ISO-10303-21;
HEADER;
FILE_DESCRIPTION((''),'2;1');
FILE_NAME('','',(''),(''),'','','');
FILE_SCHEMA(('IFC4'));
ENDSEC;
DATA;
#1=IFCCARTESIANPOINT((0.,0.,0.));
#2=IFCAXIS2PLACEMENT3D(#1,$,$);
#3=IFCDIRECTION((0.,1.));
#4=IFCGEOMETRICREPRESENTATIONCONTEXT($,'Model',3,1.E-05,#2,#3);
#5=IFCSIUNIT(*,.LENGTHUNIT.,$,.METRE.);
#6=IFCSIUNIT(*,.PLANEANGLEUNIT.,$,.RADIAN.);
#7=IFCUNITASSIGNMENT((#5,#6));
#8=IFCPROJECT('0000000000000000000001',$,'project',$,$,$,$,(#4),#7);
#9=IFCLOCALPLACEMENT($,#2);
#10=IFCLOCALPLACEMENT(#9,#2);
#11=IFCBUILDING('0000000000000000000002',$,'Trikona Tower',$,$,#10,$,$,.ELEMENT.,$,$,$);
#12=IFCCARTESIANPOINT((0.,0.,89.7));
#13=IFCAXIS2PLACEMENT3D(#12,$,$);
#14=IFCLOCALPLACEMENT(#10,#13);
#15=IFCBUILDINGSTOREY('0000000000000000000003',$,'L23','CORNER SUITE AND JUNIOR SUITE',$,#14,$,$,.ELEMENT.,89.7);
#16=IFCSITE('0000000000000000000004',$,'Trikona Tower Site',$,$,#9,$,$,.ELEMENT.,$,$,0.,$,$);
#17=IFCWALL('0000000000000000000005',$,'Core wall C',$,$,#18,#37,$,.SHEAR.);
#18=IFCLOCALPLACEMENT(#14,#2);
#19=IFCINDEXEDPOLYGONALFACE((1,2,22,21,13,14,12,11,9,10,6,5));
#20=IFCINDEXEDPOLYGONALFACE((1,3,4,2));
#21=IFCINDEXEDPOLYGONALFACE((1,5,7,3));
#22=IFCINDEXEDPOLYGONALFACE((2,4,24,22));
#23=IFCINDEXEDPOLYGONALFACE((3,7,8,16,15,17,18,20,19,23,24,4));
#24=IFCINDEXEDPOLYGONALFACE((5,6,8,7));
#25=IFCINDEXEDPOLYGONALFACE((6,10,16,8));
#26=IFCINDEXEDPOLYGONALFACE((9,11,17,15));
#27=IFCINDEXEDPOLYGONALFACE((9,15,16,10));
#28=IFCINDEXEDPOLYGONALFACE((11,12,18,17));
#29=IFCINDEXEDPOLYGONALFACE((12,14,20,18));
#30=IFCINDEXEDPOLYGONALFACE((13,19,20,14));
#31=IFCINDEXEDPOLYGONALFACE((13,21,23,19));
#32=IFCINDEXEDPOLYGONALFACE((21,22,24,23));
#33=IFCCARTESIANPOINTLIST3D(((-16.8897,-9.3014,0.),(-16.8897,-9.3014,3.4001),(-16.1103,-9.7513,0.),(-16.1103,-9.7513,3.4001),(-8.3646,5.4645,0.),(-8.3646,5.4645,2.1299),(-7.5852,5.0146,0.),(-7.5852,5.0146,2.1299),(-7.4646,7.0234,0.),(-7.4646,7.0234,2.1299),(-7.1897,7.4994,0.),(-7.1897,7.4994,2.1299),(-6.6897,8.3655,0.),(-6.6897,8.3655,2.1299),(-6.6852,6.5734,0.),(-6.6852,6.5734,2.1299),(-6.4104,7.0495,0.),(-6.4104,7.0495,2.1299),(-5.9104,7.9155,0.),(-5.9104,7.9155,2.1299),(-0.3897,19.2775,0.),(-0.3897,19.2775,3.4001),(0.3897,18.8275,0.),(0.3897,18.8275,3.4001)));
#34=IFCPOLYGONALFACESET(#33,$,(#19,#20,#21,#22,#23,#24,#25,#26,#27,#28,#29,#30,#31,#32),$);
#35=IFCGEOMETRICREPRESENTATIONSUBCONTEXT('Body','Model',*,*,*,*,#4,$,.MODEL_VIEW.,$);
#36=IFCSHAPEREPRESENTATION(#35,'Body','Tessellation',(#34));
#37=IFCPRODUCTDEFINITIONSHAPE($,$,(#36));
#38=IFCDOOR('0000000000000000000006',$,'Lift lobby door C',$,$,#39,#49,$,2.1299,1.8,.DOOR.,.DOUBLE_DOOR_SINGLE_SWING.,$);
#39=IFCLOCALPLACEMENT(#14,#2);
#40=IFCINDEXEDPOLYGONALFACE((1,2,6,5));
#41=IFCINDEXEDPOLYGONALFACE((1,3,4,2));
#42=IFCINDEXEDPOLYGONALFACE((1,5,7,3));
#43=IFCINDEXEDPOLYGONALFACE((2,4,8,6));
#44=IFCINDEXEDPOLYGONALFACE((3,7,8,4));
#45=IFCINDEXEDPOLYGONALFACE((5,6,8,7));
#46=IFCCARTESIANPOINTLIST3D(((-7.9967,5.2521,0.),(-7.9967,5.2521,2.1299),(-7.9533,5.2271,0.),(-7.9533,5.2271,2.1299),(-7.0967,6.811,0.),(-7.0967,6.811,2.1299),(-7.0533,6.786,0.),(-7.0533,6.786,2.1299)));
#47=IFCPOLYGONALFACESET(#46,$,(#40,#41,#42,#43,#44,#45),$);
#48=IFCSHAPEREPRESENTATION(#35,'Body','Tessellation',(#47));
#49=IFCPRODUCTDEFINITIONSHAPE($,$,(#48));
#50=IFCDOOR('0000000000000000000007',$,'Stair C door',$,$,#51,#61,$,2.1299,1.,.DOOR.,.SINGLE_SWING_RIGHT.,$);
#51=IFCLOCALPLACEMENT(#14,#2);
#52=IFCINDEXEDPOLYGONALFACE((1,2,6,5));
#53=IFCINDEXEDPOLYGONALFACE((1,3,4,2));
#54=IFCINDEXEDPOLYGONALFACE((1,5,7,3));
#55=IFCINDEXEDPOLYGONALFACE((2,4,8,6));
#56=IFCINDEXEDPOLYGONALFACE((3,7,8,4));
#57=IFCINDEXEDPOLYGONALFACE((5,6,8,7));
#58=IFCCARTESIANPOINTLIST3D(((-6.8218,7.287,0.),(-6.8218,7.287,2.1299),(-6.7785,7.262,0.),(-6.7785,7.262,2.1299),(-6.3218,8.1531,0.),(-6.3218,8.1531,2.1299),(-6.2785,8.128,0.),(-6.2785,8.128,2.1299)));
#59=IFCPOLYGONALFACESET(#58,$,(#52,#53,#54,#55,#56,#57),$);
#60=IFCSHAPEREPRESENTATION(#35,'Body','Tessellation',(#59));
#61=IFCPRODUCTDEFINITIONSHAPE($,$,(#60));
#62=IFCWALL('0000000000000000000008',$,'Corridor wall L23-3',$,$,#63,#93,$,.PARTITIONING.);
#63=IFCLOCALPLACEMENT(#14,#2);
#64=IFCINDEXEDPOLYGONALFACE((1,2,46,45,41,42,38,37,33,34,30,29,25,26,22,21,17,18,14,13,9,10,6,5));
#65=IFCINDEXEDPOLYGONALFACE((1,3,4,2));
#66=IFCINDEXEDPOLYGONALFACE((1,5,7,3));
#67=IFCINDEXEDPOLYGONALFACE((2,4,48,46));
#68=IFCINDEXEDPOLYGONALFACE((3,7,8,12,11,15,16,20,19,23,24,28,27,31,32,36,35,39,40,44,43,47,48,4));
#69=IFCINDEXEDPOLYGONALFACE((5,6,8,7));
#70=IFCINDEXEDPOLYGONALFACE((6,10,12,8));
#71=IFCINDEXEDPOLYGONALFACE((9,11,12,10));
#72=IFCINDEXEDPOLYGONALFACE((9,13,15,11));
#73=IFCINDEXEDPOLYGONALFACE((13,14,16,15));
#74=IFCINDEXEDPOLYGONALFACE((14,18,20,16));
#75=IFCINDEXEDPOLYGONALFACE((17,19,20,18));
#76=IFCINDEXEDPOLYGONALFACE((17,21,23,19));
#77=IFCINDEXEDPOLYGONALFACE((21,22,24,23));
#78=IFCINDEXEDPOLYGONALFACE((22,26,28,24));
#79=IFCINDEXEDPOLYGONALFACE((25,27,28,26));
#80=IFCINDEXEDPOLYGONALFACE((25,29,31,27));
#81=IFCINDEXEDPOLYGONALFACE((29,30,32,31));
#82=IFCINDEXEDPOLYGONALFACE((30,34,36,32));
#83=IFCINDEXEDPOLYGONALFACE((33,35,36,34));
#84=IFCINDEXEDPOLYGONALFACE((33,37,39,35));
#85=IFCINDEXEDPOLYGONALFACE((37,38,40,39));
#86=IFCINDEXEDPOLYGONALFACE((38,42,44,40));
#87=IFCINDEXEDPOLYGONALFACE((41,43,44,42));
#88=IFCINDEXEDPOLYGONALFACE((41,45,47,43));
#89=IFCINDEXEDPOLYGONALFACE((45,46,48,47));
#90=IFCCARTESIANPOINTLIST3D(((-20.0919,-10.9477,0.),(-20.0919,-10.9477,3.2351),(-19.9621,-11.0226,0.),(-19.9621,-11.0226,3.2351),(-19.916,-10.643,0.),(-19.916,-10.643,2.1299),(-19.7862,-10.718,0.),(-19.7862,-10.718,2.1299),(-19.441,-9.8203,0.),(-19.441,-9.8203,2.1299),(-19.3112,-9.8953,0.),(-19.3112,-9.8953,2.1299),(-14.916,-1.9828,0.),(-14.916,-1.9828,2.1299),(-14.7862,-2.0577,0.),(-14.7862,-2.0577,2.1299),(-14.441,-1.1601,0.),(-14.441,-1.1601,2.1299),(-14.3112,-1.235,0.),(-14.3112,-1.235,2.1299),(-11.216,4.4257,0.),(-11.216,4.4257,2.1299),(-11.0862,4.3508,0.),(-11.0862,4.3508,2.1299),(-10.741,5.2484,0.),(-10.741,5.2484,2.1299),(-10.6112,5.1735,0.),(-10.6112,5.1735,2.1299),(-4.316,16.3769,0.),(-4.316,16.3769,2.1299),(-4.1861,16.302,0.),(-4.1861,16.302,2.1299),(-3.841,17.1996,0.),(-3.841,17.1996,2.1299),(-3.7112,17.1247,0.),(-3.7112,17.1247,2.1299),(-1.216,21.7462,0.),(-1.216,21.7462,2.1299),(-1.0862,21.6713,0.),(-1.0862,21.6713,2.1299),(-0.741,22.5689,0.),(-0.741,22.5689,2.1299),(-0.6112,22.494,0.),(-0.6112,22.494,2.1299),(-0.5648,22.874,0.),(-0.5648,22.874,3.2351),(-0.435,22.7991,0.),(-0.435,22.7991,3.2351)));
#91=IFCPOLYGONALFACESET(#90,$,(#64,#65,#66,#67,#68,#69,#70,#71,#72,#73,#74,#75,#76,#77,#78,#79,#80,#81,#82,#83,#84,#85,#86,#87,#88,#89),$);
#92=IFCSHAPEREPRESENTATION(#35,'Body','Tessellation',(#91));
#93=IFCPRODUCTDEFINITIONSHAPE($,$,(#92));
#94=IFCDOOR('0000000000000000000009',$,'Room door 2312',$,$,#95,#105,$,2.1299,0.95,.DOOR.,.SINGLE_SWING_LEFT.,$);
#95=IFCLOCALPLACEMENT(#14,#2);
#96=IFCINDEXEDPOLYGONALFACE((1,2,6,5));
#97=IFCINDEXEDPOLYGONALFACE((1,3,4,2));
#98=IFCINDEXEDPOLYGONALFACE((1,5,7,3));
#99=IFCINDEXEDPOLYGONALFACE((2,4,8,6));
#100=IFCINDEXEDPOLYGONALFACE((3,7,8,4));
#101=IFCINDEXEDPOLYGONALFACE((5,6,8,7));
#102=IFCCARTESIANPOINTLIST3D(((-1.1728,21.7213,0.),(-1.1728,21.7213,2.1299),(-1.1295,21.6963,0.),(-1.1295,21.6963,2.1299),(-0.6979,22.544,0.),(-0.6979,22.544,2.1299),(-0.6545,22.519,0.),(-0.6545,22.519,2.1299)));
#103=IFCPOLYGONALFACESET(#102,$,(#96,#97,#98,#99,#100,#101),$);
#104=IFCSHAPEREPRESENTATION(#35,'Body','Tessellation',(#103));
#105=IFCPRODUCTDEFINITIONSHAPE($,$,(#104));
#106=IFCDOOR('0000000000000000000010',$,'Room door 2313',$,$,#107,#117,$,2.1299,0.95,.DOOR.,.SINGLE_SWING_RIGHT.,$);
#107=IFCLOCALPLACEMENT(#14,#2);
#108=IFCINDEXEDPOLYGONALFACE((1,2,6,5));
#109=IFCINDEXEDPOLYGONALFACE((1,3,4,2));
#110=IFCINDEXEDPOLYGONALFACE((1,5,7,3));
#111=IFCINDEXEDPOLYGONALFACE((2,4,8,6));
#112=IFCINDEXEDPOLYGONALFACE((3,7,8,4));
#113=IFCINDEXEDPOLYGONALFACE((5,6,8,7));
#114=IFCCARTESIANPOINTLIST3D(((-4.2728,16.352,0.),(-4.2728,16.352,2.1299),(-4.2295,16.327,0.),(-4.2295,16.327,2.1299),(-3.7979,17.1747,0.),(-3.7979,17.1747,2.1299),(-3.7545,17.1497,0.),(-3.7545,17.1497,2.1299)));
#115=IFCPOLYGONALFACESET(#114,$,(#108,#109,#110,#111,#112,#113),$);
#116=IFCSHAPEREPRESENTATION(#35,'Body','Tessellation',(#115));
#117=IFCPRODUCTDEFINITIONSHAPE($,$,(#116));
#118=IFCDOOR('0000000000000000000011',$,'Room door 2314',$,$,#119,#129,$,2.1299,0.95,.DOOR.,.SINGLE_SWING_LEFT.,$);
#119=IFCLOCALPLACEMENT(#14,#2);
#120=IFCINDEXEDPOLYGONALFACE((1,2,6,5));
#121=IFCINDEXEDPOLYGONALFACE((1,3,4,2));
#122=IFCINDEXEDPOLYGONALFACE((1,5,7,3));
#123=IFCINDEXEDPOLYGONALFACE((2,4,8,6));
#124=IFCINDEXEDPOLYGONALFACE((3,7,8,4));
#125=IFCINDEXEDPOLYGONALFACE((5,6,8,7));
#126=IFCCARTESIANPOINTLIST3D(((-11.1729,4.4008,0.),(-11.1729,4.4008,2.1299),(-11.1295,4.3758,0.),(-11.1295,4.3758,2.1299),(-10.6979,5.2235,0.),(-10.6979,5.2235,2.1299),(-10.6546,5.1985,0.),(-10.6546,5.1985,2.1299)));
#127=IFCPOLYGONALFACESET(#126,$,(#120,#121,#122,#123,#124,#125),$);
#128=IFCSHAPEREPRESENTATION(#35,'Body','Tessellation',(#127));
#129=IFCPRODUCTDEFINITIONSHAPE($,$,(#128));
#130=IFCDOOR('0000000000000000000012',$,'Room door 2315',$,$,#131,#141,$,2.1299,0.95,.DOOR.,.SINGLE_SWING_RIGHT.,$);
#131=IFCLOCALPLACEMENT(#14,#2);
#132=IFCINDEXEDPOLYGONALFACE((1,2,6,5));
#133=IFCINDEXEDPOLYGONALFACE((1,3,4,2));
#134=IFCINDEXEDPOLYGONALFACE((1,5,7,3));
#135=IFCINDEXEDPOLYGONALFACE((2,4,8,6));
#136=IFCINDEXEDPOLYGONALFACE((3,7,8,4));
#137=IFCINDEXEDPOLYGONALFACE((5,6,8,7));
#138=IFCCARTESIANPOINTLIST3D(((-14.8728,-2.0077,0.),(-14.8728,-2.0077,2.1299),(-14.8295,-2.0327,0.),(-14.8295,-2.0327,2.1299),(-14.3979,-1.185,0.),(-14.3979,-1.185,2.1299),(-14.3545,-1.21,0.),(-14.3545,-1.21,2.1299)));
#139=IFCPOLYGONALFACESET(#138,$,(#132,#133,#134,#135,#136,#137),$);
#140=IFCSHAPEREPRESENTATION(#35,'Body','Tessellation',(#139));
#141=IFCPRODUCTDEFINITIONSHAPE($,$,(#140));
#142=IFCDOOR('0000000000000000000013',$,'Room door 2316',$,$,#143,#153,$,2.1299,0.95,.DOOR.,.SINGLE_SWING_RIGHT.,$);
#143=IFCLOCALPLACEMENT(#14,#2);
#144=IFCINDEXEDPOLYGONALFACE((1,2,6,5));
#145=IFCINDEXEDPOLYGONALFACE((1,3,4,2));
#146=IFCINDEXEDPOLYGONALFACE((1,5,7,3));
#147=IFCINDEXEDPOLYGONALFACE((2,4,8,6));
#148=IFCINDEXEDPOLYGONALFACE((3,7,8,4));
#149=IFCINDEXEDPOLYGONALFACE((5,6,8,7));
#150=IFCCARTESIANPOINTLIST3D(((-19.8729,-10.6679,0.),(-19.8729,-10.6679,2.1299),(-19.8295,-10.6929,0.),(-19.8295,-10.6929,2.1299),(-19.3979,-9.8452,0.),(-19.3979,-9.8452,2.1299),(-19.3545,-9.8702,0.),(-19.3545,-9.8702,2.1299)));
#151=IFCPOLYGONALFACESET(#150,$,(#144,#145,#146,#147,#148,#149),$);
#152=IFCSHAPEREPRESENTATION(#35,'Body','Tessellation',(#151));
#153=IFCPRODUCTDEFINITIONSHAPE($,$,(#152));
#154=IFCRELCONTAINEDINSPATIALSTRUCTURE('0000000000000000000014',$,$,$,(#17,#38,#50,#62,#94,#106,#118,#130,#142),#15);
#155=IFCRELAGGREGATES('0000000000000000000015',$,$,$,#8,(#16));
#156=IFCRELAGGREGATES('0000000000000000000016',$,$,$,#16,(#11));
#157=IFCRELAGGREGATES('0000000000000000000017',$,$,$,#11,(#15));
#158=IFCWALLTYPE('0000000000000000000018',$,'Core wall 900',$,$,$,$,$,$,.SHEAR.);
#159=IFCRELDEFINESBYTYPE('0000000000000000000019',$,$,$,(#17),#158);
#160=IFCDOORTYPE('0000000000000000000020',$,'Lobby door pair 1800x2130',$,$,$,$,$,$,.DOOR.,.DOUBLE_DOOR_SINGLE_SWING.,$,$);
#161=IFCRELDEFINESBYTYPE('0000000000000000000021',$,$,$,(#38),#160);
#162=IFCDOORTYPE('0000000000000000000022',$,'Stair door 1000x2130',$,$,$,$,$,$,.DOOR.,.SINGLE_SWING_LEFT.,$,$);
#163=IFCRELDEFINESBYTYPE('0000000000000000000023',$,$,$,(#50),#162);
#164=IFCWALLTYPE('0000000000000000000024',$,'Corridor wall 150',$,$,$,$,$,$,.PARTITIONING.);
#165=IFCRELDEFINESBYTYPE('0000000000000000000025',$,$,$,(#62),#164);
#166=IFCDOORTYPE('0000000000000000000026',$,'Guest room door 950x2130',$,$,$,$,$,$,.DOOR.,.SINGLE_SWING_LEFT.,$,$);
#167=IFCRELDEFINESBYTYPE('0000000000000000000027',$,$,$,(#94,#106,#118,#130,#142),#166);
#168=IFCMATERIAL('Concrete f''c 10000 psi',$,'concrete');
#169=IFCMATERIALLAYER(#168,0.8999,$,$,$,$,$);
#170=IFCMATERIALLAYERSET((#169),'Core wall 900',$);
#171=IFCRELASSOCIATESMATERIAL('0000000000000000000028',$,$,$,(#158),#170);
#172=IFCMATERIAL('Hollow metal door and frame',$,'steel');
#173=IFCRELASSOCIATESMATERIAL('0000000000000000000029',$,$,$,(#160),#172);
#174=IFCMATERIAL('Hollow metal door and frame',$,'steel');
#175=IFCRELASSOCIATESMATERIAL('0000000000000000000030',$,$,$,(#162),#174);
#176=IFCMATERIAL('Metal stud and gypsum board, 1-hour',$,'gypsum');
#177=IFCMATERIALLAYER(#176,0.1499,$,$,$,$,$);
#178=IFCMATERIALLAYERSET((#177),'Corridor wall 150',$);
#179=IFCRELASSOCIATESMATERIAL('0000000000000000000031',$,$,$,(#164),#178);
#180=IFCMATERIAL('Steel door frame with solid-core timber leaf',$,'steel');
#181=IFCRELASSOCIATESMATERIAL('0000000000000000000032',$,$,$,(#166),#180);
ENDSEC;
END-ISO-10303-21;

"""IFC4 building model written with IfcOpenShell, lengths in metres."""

from ifc_helpers import new_model, si_unit, direction, frame, frame_2d, origin, place, context, subcontext, project, spatial, rectangle, extrude, material, layer, layer_set, type_object, element, fill, save


model = new_model("IFC4")

# Units and contexts
model_context = context("Model", 3, precision=1e-05, world=origin(), true_north=direction((0.0, 1.0)))
body_context = subcontext(model_context, "Body", "Model", "MODEL_VIEW")
ifc_project = project(units=[si_unit("LENGTHUNIT", "METRE"), si_unit("PLANEANGLEUNIT", "RADIAN")], contexts=[model_context])

# Site, building, storey
site_placement = place(None, origin())
site = spatial("IfcSite", under=ifc_project, at=site_placement, Name="Trikona Tower Site", CompositionType="ELEMENT", RefElevation=0.0)
building_placement = place(site_placement, origin())
building = spatial("IfcBuilding", under=site, at=building_placement, Name="Trikona Tower", CompositionType="ELEMENT")
storey_placement = place(building_placement, frame((0.0, 0.0, 89.7)))
storey = spatial("IfcBuildingStorey", under=building, at=storey_placement, Name="L23", Description="CORNER SUITE AND JUNIOR SUITE", CompositionType="ELEMENT", Elevation=89.7)

# Walls, openings, doors
ifc_material_1 = material(Name="Concrete f'c 10000 psi", Category="concrete")
ifc_layer_1 = layer(ifc_material_1, 0.8999)
ifc_layer_set_1 = layer_set([ifc_layer_1], Name="Core wall 900")
wall_type_1 = type_object("IfcWallType", Name="Core wall 900", PredefinedType="SHEAR", material=ifc_layer_set_1)
wall_1_placement = place(storey_placement, frame((0.0, 19.0525, 0.0), z_axis=(0.0, 0.0, 1.0), x_axis=(-0.5, -0.866026, 0.0)))
wall_1 = element("IfcWall", 1, at=wall_1_placement, inside=storey, type_object=wall_type_1, Name="Core wall C", PredefinedType="SHEAR", context=body_context, shape_type="SweptSolid", body=[
    extrude(rectangle(XDim=33.0, YDim=0.8999, at=frame_2d((16.5, 0.0))), origin(), (0.0, 0.0, 1.0), 3.4001),
])
opening_1_placement = place(wall_1_placement, frame((14.1499, 0.0, 0.0)))
opening_1 = element("IfcOpeningElement", 2, at=opening_1_placement, cuts=wall_1, PredefinedType="OPENING", context=body_context, shape_type="SweptSolid", body=[
    extrude(rectangle(XDim=1.8, YDim=2.1299, at=frame_2d((0.8999, 1.0649))), frame((0.0, 0.46, 0.0), z_axis=(0.0, -1.0, 0.0), x_axis=(1.0, 0.0, 0.0)), (0.0, 0.0, 1.0), 0.9199),
])
opening_2_placement = place(wall_1_placement, frame((12.6001, 0.0, 0.0)))
opening_2 = element("IfcOpeningElement", 3, at=opening_2_placement, cuts=wall_1, PredefinedType="OPENING", context=body_context, shape_type="SweptSolid", body=[
    extrude(rectangle(XDim=1.0, YDim=2.1299, at=frame_2d((0.5, 1.0649))), frame((0.0, 0.46, 0.0), z_axis=(0.0, -1.0, 0.0), x_axis=(1.0, 0.0, 0.0)), (0.0, 0.0, 1.0), 0.9199),
])
ifc_material_2 = material(Name="Hollow metal door and frame", Category="steel")
door_type_1 = type_object("IfcDoorType", Name="Lobby door pair 1800x2130", OperationType="DOUBLE_DOOR_SINGLE_SWING", PredefinedType="DOOR", material=ifc_material_2)
door_1_placement = place(opening_1_placement, origin())
door_1 = element("IfcDoor", 4, at=door_1_placement, inside=storey, type_object=door_type_1, Name="Lift lobby door C", OperationType="DOUBLE_DOOR_SINGLE_SWING", OverallHeight=2.1299, OverallWidth=1.8, PredefinedType="DOOR", context=body_context, shape_type="SweptSolid", body=[
    extrude(rectangle(XDim=1.8, YDim=2.1299, at=frame_2d((0.8999, 1.0649))), frame((0.0, 0.0249, 0.0), z_axis=(0.0, -1.0, 0.0), x_axis=(1.0, 0.0, 0.0)), (0.0, 0.0, 1.0), 0.05),
])
fill(opening_1, door_1)
ifc_material_3 = material(Name="Hollow metal door and frame", Category="steel")
door_type_2 = type_object("IfcDoorType", Name="Stair door 1000x2130", OperationType="SINGLE_SWING_LEFT", PredefinedType="DOOR", material=ifc_material_3)
door_2_placement = place(opening_2_placement, origin())
door_2 = element("IfcDoor", 5, at=door_2_placement, inside=storey, type_object=door_type_2, Name="Stair C door", OperationType="SINGLE_SWING_RIGHT", OverallHeight=2.1299, OverallWidth=1.0, PredefinedType="DOOR", context=body_context, shape_type="SweptSolid", body=[
    extrude(rectangle(XDim=1.0, YDim=2.1299, at=frame_2d((0.5, 1.0649))), frame((0.0, 0.0249, 0.0), z_axis=(0.0, -1.0, 0.0), x_axis=(1.0, 0.0, 0.0)), (0.0, 0.0, 1.0), 0.05),
])
fill(opening_2, door_2)
ifc_material_4 = material(Name="Metal stud and gypsum board, 1-hour", Category="gypsum")
ifc_layer_2 = layer(ifc_material_4, 0.1499)
ifc_layer_set_2 = layer_set([ifc_layer_2], Name="Corridor wall 150")
wall_type_2 = type_object("IfcWallType", Name="Corridor wall 150", PredefinedType="PARTITIONING", material=ifc_layer_set_2)
wall_2_placement = place(storey_placement, frame((-0.5, 22.8364, 0.0), z_axis=(0.0, 0.0, 1.0), x_axis=(-0.500002, -0.866024, 0.0)))
wall_2 = element("IfcWall", 6, at=wall_2_placement, inside=storey, type_object=wall_type_2, Name="Corridor wall L23-3", PredefinedType="PARTITIONING", context=body_context, shape_type="SweptSolid", body=[
    extrude(rectangle(XDim=39.054, YDim=0.1499, at=frame_2d((19.5269, 0.0))), origin(), (0.0, 0.0, 1.0), 3.2351),
])
opening_3_placement = place(wall_2_placement, frame((0.3521, 0.0, 0.0)))
opening_3 = element("IfcOpeningElement", 7, at=opening_3_placement, cuts=wall_2, PredefinedType="OPENING", context=body_context, shape_type="SweptSolid", body=[
    extrude(rectangle(XDim=0.95, YDim=2.1299, at=frame_2d((0.4751, 1.0649))), frame((0.0, 0.085, 0.0), z_axis=(0.0, -1.0, 0.0), x_axis=(1.0, 0.0, 0.0)), (0.0, 0.0, 1.0), 0.1699),
])
opening_4_placement = place(wall_2_placement, frame((6.552, 0.0, 0.0)))
opening_4 = element("IfcOpeningElement", 8, at=opening_4_placement, cuts=wall_2, PredefinedType="OPENING", context=body_context, shape_type="SweptSolid", body=[
    extrude(rectangle(XDim=0.95, YDim=2.1299, at=frame_2d((0.4751, 1.0649))), frame((0.0, 0.085, 0.0), z_axis=(0.0, -1.0, 0.0), x_axis=(1.0, 0.0, 0.0)), (0.0, 0.0, 1.0), 0.1699),
])
opening_5_placement = place(wall_2_placement, frame((20.3521, 0.0, 0.0)))
opening_5 = element("IfcOpeningElement", 9, at=opening_5_placement, cuts=wall_2, PredefinedType="OPENING", context=body_context, shape_type="SweptSolid", body=[
    extrude(rectangle(XDim=0.95, YDim=2.1299, at=frame_2d((0.4751, 1.0649))), frame((0.0, 0.085, 0.0), z_axis=(0.0, -1.0, 0.0), x_axis=(1.0, 0.0, 0.0)), (0.0, 0.0, 1.0), 0.1699),
])
opening_6_placement = place(wall_2_placement, frame((27.752, 0.0, 0.0)))
opening_6 = element("IfcOpeningElement", 10, at=opening_6_placement, cuts=wall_2, PredefinedType="OPENING", context=body_context, shape_type="SweptSolid", body=[
    extrude(rectangle(XDim=0.95, YDim=2.1299, at=frame_2d((0.4751, 1.0649))), frame((0.0, 0.085, 0.0), z_axis=(0.0, -1.0, 0.0), x_axis=(1.0, 0.0, 0.0)), (0.0, 0.0, 1.0), 0.1699),
])
opening_7_placement = place(wall_2_placement, frame((37.752, 0.0, 0.0)))
opening_7 = element("IfcOpeningElement", 11, at=opening_7_placement, cuts=wall_2, PredefinedType="OPENING", context=body_context, shape_type="SweptSolid", body=[
    extrude(rectangle(XDim=0.95, YDim=2.1299, at=frame_2d((0.4751, 1.0649))), frame((0.0, 0.085, 0.0), z_axis=(0.0, -1.0, 0.0), x_axis=(1.0, 0.0, 0.0)), (0.0, 0.0, 1.0), 0.1699),
])
ifc_material_5 = material(Name="Steel door frame with solid-core timber leaf", Category="steel")
door_type_3 = type_object("IfcDoorType", Name="Guest room door 950x2130", OperationType="SINGLE_SWING_LEFT", PredefinedType="DOOR", material=ifc_material_5)
door_3_placement = place(opening_3_placement, origin())
door_3 = element("IfcDoor", 12, at=door_3_placement, inside=storey, type_object=door_type_3, Name="Room door 2312", OperationType="SINGLE_SWING_LEFT", OverallHeight=2.1299, OverallWidth=0.95, PredefinedType="DOOR", context=body_context, shape_type="SweptSolid", body=[
    extrude(rectangle(XDim=0.95, YDim=2.1299, at=frame_2d((0.4751, 1.0649))), frame((0.0, 0.0249, 0.0), z_axis=(0.0, -1.0, 0.0), x_axis=(1.0, 0.0, 0.0)), (0.0, 0.0, 1.0), 0.05),
])
fill(opening_3, door_3)
door_4_placement = place(opening_4_placement, origin())
door_4 = element("IfcDoor", 13, at=door_4_placement, inside=storey, type_object=door_type_3, Name="Room door 2313", OperationType="SINGLE_SWING_RIGHT", OverallHeight=2.1299, OverallWidth=0.95, PredefinedType="DOOR", context=body_context, shape_type="SweptSolid", body=[
    extrude(rectangle(XDim=0.95, YDim=2.1299, at=frame_2d((0.4751, 1.0649))), frame((0.0, 0.0249, 0.0), z_axis=(0.0, -1.0, 0.0), x_axis=(1.0, 0.0, 0.0)), (0.0, 0.0, 1.0), 0.05),
])
fill(opening_4, door_4)
door_5_placement = place(opening_5_placement, origin())
door_5 = element("IfcDoor", 14, at=door_5_placement, inside=storey, type_object=door_type_3, Name="Room door 2314", OperationType="SINGLE_SWING_LEFT", OverallHeight=2.1299, OverallWidth=0.95, PredefinedType="DOOR", context=body_context, shape_type="SweptSolid", body=[
    extrude(rectangle(XDim=0.95, YDim=2.1299, at=frame_2d((0.4751, 1.0649))), frame((0.0, 0.0249, 0.0), z_axis=(0.0, -1.0, 0.0), x_axis=(1.0, 0.0, 0.0)), (0.0, 0.0, 1.0), 0.05),
])
fill(opening_5, door_5)
door_6_placement = place(opening_6_placement, origin())
door_6 = element("IfcDoor", 15, at=door_6_placement, inside=storey, type_object=door_type_3, Name="Room door 2315", OperationType="SINGLE_SWING_RIGHT", OverallHeight=2.1299, OverallWidth=0.95, PredefinedType="DOOR", context=body_context, shape_type="SweptSolid", body=[
    extrude(rectangle(XDim=0.95, YDim=2.1299, at=frame_2d((0.4751, 1.0649))), frame((0.0, 0.0249, 0.0), z_axis=(0.0, -1.0, 0.0), x_axis=(1.0, 0.0, 0.0)), (0.0, 0.0, 1.0), 0.05),
])
fill(opening_6, door_6)
door_7_placement = place(opening_7_placement, origin())
door_7 = element("IfcDoor", 16, at=door_7_placement, inside=storey, type_object=door_type_3, Name="Room door 2316", OperationType="SINGLE_SWING_RIGHT", OverallHeight=2.1299, OverallWidth=0.95, PredefinedType="DOOR", context=body_context, shape_type="SweptSolid", body=[
    extrude(rectangle(XDim=0.95, YDim=2.1299, at=frame_2d((0.4751, 1.0649))), frame((0.0, 0.0249, 0.0), z_axis=(0.0, -1.0, 0.0), x_axis=(1.0, 0.0, 0.0)), (0.0, 0.0, 1.0), 0.05),
])
fill(opening_7, door_7)

save(model, "model.ifc")
